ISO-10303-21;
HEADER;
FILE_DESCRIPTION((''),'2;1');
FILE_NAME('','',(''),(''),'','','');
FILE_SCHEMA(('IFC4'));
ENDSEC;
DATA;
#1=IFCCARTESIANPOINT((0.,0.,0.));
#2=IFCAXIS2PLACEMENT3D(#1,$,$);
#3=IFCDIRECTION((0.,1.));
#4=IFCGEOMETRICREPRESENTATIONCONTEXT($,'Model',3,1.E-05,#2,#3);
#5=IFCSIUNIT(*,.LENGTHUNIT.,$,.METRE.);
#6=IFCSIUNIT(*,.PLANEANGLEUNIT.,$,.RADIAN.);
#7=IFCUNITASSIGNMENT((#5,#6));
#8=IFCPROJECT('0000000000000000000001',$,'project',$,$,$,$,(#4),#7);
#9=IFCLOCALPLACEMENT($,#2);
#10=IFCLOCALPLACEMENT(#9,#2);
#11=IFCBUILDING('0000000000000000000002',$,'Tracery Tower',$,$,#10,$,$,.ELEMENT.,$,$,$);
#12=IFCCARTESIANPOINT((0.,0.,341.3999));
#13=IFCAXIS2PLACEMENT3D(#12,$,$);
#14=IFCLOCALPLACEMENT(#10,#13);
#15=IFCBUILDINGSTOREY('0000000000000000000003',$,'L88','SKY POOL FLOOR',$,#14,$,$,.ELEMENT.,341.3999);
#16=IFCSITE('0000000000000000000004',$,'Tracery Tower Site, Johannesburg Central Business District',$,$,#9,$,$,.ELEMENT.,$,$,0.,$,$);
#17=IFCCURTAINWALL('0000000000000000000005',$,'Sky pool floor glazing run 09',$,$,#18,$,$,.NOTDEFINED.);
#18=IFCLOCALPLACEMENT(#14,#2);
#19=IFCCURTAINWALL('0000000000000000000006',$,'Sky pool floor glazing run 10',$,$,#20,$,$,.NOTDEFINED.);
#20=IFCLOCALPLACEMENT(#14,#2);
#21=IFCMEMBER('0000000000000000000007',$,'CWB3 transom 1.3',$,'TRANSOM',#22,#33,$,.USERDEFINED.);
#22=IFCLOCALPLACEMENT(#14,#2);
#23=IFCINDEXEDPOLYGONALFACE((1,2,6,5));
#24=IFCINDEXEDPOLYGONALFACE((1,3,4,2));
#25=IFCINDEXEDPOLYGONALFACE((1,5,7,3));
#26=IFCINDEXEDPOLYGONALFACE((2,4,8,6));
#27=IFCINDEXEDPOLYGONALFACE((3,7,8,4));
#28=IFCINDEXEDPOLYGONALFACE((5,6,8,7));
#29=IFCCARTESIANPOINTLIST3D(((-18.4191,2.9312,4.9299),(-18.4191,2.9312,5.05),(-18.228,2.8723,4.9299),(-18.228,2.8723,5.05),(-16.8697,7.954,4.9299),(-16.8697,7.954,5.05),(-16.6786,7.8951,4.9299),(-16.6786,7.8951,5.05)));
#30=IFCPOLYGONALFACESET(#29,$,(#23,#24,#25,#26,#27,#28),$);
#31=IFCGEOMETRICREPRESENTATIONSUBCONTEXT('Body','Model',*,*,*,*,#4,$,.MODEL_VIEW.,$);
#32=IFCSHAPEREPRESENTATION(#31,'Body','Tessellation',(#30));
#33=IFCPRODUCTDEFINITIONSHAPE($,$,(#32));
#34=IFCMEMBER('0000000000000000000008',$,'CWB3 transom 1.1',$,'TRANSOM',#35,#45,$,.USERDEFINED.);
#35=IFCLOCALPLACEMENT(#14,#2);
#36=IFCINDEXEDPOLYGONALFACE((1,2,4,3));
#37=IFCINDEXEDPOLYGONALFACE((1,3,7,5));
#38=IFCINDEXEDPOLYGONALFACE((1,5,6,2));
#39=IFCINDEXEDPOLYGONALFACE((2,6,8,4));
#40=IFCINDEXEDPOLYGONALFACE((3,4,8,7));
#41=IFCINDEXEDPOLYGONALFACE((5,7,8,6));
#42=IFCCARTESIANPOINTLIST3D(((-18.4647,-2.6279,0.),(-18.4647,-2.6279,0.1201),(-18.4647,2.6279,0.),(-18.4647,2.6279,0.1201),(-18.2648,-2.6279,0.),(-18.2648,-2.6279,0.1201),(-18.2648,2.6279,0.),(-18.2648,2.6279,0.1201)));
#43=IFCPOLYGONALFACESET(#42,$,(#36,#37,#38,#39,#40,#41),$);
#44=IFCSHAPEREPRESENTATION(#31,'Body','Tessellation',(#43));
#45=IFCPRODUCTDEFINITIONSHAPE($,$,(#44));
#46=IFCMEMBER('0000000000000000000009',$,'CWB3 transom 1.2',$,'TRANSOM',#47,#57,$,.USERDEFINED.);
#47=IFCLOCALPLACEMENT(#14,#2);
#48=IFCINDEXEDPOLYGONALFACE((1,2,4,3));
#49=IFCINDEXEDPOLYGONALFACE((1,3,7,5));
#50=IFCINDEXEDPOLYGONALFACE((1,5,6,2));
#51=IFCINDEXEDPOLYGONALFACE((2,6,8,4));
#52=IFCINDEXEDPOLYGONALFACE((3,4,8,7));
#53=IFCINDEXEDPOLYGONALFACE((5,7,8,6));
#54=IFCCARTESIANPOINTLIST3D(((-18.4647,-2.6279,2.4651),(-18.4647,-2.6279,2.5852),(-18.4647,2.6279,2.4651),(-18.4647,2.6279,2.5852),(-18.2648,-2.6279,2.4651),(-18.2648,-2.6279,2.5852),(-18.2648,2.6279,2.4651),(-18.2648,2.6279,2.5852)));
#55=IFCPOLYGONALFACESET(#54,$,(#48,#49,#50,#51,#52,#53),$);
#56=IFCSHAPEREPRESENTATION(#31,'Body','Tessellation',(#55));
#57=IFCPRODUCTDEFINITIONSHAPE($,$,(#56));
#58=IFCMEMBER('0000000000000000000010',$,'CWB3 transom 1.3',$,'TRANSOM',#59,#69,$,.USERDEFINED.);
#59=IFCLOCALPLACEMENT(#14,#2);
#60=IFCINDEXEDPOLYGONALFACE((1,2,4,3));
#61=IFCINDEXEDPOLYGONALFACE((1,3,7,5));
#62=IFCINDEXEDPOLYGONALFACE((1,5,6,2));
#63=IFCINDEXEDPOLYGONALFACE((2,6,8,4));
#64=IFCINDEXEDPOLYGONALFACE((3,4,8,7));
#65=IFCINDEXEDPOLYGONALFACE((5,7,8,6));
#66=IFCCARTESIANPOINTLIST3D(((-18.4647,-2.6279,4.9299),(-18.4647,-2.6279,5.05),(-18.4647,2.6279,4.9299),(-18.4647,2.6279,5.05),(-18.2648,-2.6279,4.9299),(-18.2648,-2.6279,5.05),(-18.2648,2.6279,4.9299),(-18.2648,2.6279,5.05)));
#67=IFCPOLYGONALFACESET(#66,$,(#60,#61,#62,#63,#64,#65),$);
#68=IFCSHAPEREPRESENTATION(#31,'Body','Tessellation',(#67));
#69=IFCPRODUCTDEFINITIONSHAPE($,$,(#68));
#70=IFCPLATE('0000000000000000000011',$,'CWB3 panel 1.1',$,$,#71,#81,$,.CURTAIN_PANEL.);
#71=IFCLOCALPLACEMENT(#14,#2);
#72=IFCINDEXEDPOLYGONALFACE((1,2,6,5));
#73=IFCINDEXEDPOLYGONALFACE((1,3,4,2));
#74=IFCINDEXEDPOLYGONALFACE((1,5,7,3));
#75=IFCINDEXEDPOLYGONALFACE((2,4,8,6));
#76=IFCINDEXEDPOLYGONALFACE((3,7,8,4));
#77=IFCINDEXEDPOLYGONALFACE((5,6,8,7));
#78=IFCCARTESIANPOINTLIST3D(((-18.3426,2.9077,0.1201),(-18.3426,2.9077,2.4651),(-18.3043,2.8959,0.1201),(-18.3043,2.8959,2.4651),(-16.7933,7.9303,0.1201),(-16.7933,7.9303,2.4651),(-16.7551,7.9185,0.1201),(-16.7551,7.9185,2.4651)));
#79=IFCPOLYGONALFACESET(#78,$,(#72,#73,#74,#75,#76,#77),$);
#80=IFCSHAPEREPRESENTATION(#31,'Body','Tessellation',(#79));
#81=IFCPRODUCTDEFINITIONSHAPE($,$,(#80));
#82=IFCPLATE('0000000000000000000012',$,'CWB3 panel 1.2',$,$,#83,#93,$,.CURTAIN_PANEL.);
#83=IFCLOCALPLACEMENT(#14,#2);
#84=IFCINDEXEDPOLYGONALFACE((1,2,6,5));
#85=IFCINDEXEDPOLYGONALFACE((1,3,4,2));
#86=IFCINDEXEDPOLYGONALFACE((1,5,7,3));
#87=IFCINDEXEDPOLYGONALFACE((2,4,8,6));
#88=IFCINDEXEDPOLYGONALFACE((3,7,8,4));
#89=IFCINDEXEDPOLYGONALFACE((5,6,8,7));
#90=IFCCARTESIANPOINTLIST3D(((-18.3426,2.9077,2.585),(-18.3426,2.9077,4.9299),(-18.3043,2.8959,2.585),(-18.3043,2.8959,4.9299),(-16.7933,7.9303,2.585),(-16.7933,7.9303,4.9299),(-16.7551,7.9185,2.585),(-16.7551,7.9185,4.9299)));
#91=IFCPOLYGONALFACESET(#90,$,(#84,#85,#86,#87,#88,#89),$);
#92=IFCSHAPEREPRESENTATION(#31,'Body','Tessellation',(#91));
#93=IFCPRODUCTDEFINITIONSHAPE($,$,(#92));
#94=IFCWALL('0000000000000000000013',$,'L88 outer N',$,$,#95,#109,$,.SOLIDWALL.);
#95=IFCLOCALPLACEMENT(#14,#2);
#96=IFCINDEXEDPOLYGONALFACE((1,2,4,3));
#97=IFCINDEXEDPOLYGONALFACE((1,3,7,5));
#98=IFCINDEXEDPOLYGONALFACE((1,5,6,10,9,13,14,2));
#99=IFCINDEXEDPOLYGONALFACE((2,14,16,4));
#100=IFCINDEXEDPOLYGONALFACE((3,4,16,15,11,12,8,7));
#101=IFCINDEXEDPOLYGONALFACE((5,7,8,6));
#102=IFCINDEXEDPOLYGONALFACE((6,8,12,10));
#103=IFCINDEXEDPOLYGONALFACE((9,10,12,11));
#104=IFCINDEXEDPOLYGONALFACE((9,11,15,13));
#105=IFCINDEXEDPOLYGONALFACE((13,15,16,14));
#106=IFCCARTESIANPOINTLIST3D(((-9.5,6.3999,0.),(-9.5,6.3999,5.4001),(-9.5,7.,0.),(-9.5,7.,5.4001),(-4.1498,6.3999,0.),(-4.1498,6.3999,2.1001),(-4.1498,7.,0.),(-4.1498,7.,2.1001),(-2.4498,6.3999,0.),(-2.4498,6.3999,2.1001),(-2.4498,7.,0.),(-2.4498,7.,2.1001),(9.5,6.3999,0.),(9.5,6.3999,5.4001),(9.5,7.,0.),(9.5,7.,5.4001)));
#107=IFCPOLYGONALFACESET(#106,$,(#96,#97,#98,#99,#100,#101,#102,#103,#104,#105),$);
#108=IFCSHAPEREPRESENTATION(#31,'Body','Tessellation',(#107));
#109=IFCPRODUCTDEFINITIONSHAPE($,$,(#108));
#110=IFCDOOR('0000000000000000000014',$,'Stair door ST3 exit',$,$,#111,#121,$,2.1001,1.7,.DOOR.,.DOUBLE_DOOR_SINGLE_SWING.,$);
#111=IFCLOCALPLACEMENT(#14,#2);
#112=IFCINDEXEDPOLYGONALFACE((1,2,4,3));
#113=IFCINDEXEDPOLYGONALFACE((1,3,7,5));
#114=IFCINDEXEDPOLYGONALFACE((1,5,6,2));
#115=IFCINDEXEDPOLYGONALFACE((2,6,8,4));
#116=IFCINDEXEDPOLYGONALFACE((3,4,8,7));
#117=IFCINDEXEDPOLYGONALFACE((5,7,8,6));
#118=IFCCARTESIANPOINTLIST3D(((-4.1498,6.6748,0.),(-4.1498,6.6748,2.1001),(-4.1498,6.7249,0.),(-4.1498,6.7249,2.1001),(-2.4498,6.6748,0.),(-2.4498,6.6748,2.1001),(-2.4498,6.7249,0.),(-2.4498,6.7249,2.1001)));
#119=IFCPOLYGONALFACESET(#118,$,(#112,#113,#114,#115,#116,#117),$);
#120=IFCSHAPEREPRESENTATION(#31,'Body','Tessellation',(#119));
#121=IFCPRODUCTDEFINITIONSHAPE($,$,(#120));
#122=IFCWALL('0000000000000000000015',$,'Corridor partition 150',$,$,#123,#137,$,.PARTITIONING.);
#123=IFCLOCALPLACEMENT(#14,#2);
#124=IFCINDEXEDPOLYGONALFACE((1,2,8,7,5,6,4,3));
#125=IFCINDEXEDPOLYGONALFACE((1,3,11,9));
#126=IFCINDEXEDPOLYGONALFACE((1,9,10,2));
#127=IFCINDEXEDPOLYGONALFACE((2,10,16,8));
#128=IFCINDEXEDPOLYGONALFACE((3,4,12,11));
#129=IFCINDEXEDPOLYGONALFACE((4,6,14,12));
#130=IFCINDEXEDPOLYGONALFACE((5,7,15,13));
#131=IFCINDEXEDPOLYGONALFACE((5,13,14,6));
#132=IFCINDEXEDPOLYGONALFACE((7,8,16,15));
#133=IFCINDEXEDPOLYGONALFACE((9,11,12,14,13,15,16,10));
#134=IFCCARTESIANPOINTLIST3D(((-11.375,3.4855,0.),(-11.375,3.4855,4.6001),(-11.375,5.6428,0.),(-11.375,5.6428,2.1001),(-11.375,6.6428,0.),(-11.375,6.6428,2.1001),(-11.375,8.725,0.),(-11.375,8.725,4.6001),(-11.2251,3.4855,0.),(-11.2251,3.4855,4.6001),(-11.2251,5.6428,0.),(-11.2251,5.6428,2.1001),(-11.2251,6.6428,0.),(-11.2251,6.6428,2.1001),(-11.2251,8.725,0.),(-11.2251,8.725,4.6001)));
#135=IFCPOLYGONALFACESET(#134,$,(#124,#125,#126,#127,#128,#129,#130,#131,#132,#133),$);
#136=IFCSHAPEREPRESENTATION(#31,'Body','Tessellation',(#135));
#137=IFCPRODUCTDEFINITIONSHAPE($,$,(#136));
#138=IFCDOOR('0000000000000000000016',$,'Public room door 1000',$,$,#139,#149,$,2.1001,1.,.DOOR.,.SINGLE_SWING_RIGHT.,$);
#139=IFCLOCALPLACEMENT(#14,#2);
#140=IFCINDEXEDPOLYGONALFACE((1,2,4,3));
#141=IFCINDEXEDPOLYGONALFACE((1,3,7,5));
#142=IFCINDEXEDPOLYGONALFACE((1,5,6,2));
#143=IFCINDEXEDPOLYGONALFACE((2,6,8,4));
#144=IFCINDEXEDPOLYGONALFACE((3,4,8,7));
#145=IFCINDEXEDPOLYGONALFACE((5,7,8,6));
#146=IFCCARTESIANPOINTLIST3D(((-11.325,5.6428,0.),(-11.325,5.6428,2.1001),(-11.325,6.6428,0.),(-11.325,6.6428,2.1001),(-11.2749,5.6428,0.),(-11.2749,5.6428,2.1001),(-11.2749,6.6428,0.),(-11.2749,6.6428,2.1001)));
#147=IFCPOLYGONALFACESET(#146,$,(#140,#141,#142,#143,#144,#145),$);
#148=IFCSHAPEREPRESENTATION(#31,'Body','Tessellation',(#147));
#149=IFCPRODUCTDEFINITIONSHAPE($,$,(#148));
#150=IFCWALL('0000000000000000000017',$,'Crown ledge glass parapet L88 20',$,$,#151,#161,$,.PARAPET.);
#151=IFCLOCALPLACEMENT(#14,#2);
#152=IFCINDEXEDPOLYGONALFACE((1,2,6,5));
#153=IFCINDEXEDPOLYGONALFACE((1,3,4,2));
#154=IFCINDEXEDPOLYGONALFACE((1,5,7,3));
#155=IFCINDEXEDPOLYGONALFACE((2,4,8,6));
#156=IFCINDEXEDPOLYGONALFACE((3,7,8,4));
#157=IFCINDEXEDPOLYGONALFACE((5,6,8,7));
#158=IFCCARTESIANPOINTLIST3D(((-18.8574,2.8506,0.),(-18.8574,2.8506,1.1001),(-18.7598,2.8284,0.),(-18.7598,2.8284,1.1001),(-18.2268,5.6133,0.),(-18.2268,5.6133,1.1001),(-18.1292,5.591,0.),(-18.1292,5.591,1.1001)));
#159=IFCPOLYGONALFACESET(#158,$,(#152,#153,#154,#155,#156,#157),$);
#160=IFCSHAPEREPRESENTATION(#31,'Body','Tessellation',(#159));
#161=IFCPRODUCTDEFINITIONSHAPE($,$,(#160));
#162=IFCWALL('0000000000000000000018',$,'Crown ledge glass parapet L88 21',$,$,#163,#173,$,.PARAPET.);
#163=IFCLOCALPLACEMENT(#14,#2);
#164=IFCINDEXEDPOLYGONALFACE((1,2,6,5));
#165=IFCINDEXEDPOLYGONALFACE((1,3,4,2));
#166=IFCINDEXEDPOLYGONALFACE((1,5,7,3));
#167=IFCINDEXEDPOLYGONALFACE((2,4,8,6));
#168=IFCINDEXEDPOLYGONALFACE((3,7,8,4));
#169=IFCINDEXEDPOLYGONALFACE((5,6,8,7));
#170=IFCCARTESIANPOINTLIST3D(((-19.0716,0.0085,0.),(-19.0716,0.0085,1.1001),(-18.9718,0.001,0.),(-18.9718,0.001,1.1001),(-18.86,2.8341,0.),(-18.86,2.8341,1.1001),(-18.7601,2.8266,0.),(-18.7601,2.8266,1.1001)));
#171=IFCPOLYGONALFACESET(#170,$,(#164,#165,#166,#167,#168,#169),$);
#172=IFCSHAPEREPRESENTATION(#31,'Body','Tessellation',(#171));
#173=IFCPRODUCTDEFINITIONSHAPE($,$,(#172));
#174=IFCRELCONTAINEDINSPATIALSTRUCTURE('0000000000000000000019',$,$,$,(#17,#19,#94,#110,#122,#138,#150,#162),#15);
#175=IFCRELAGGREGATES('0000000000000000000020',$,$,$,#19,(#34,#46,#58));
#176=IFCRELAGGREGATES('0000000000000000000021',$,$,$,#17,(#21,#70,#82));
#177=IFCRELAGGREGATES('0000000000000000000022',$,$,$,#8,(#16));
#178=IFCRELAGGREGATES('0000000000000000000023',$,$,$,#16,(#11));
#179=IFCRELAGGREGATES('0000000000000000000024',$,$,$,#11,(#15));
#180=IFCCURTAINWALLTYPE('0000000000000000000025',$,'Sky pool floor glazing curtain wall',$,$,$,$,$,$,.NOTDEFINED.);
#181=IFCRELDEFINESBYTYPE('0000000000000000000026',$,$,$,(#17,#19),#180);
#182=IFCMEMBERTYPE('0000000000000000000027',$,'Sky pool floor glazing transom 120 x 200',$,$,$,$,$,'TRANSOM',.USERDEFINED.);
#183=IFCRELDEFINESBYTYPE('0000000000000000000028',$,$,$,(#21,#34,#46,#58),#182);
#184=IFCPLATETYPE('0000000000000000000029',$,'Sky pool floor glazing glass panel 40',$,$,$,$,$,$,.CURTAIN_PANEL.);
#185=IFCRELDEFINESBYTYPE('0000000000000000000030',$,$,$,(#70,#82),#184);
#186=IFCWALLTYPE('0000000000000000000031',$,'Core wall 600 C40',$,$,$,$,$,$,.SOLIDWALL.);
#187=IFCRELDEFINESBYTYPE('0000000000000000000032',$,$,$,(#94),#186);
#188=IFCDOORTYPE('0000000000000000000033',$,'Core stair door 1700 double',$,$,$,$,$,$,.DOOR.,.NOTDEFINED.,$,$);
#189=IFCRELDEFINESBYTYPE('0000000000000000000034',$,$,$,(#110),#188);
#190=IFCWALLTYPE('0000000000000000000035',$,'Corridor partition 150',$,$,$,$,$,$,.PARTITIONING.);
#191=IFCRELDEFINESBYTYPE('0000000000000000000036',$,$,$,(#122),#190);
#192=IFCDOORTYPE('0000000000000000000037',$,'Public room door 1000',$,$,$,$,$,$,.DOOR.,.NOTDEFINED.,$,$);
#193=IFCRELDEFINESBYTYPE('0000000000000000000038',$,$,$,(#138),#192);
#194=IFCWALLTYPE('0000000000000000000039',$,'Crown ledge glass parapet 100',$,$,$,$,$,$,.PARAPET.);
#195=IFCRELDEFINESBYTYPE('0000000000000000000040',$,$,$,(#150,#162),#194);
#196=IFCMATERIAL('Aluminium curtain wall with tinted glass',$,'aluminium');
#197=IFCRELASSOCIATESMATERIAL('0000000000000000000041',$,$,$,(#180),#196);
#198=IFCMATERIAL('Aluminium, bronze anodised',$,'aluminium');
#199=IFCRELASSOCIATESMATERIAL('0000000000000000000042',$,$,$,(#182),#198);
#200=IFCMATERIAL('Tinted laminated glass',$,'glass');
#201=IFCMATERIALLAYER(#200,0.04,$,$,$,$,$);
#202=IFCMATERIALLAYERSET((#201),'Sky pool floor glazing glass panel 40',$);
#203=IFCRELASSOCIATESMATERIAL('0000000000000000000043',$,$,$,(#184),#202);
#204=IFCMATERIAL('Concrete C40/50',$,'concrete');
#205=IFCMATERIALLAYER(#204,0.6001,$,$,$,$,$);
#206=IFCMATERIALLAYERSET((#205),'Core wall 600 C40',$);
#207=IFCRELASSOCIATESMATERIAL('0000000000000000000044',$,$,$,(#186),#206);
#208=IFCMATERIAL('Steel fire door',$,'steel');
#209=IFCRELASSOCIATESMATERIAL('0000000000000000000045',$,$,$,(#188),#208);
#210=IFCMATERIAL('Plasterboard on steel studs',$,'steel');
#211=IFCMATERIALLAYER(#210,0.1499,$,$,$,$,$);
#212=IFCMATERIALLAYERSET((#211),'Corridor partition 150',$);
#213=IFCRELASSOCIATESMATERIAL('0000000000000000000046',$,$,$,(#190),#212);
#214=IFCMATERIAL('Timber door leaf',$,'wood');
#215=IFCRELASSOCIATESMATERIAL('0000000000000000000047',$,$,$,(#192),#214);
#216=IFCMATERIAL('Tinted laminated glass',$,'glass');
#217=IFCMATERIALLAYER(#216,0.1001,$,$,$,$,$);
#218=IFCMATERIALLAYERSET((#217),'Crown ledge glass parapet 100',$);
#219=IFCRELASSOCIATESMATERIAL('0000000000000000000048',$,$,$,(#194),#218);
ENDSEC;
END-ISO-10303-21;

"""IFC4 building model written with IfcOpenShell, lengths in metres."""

from ifc_helpers import new_model, si_unit, direction, frame, frame_2d, origin, origin_2d, place, context, subcontext, project, spatial, rectangle, extrude, material, layer, layer_set, material_profile, profile_set, type_object, element, fill, aggregate, save


model = new_model("IFC4")

# Units and contexts
model_context = context("Model", 3, precision=1e-05, world=origin(), true_north=direction((0.0, 1.0)))
body_context = subcontext(model_context, "Body", "Model", "MODEL_VIEW")
ifc_project = project(units=[si_unit("LENGTHUNIT", "METRE"), si_unit("PLANEANGLEUNIT", "RADIAN")], contexts=[model_context])

# Site, building, storey
site_placement = place(None, origin())
site = spatial("IfcSite", under=ifc_project, at=site_placement, Name="Tracery Tower Site, Johannesburg Central Business District", CompositionType="ELEMENT", RefElevation=0.0)
building_placement = place(site_placement, origin())
building = spatial("IfcBuilding", under=site, at=building_placement, Name="Tracery Tower", CompositionType="ELEMENT")
storey_placement = place(building_placement, frame((0.0, 0.0, 341.3999)))
storey = spatial("IfcBuildingStorey", under=building, at=storey_placement, Name="L88", Description="SKY POOL FLOOR", CompositionType="ELEMENT", Elevation=341.3999)

# Curtain wall
ifc_material_1 = material(Name="Aluminium curtain wall with tinted glass", Category="aluminium")
curtain_wall_type = type_object("IfcCurtainWallType", Name="Sky pool floor glazing curtain wall", PredefinedType="NOTDEFINED", material=ifc_material_1)
curtain_wall_1_placement = place(storey_placement, origin())
curtain_wall_1 = element("IfcCurtainWall", 1, at=curtain_wall_1_placement, inside=storey, type_object=curtain_wall_type, Name="Sky pool floor glazing run 09", PredefinedType="NOTDEFINED")

# Curtain wall
curtain_wall_2_placement = place(storey_placement, origin())
curtain_wall_2 = element("IfcCurtainWall", 2, at=curtain_wall_2_placement, inside=storey, type_object=curtain_wall_type, Name="Sky pool floor glazing run 10", PredefinedType="NOTDEFINED")

# Members
ifc_material_2 = material(Name="Aluminium, bronze anodised", Category="aluminium")
ifc_material_profile_1 = material_profile(ifc_material_2, rectangle(XDim=0.2, YDim=0.1201, at=origin_2d()), Name="Sky pool floor glazing transom 120 x 200")
ifc_profile_set_1 = profile_set([ifc_material_profile_1], Name="Aluminium, bronze anodised")
member_type_1 = type_object("IfcMemberType", Name="Sky pool floor glazing transom 120 x 200", ElementType="TRANSOM", PredefinedType="USERDEFINED", material=ifc_profile_set_1)
member_1_placement = place(storey_placement, frame((-16.7742, 7.9246, 4.99), z_axis=(-0.294758, -0.955572, 0.0), x_axis=(0.955572, -0.294758, 0.0)))
member_1 = element("IfcMember", 3, at=member_1_placement, type_object=member_type_1, Name="CWB3 transom 1.3", ObjectType="TRANSOM", PredefinedType="USERDEFINED", context=body_context, shape_type="SweptSolid", body=[
    extrude(rectangle(XDim=0.2, YDim=0.1201, at=origin_2d()), origin(), (0.0, 0.0, 1.0), 5.2563),
])
member_2_placement = place(storey_placement, frame((-18.3647, 2.6279, 0.0601), z_axis=(0.0, -1.0, 0.0), x_axis=(1.0, 0.0, 0.0)))
member_2 = element("IfcMember", 4, at=member_2_placement, type_object=member_type_1, Name="CWB3 transom 1.1", ObjectType="TRANSOM", PredefinedType="USERDEFINED", context=body_context, shape_type="SweptSolid", body=[
    extrude(rectangle(XDim=0.2, YDim=0.1201, at=origin_2d()), origin(), (0.0, 0.0, 1.0), 5.2559),
])
member_3_placement = place(storey_placement, frame((-18.3647, 2.6279, 2.5251), z_axis=(0.0, -1.0, 0.0), x_axis=(1.0, 0.0, 0.0)))
member_3 = element("IfcMember", 5, at=member_3_placement, type_object=member_type_1, Name="CWB3 transom 1.2", ObjectType="TRANSOM", PredefinedType="USERDEFINED", context=body_context, shape_type="SweptSolid", body=[
    extrude(rectangle(XDim=0.2, YDim=0.1201, at=origin_2d()), origin(), (0.0, 0.0, 1.0), 5.2559),
])
member_4_placement = place(storey_placement, frame((-18.3647, 2.6279, 4.99), z_axis=(0.0, -1.0, 0.0), x_axis=(1.0, 0.0, 0.0)))
member_4 = element("IfcMember", 6, at=member_4_placement, type_object=member_type_1, Name="CWB3 transom 1.3", ObjectType="TRANSOM", PredefinedType="USERDEFINED", context=body_context, shape_type="SweptSolid", body=[
    extrude(rectangle(XDim=0.2, YDim=0.1201, at=origin_2d()), origin(), (0.0, 0.0, 1.0), 5.2559),
])
aggregate(curtain_wall_2, [member_2, member_3, member_4])

# Plates
ifc_material_3 = material(Name="Tinted laminated glass", Category="glass")
ifc_layer_1 = layer(ifc_material_3, 0.04)
ifc_layer_set_1 = layer_set([ifc_layer_1], Name="Sky pool floor glazing glass panel 40")
plate_type = type_object("IfcPlateType", Name="Sky pool floor glazing glass panel 40", PredefinedType="CURTAIN_PANEL", material=ifc_layer_set_1)
plate_1_placement = place(storey_placement, frame((-17.5488, 5.4131, 0.1201), z_axis=(0.0, 0.0, 1.0), x_axis=(-0.294753, -0.955574, 0.0)))
plate_1 = element("IfcPlate", 7, at=plate_1_placement, type_object=plate_type, Name="CWB3 panel 1.1", PredefinedType="CURTAIN_PANEL", context=body_context, shape_type="SweptSolid", body=[
    extrude(rectangle(XDim=5.2561, YDim=0.04, at=origin_2d()), origin(), (0.0, 0.0, 1.0), 2.345),
])
plate_2_placement = place(storey_placement, frame((-17.5488, 5.4131, 2.585), z_axis=(0.0, 0.0, 1.0), x_axis=(-0.294753, -0.955574, 0.0)))
plate_2 = element("IfcPlate", 8, at=plate_2_placement, type_object=plate_type, Name="CWB3 panel 1.2", PredefinedType="CURTAIN_PANEL", context=body_context, shape_type="SweptSolid", body=[
    extrude(rectangle(XDim=5.2561, YDim=0.04, at=origin_2d()), origin(), (0.0, 0.0, 1.0), 2.345),
])
aggregate(curtain_wall_1, [member_1, plate_1, plate_2])

# Walls, openings, doors
ifc_material_4 = material(Name="Concrete C40/50", Category="concrete")
ifc_layer_2 = layer(ifc_material_4, 0.6001)
ifc_layer_set_2 = layer_set([ifc_layer_2], Name="Core wall 600 C40")
wall_type_1 = type_object("IfcWallType", Name="Core wall 600 C40", PredefinedType="SOLIDWALL", material=ifc_layer_set_2)
wall_1_placement = place(storey_placement, frame((-9.5, 6.7, 0.0), z_axis=(0.0, 0.0, 1.0), x_axis=(1.0, 0.0, 0.0)))
wall_1 = element("IfcWall", 9, at=wall_1_placement, inside=storey, type_object=wall_type_1, Name="L88 outer N", PredefinedType="SOLIDWALL", context=body_context, shape_type="SweptSolid", body=[
    extrude(rectangle(XDim=19.0, YDim=0.6001, at=frame_2d((9.5, 0.0))), origin(), (0.0, 0.0, 1.0), 5.4001),
])
opening_1_placement = place(wall_1_placement, frame((5.3501, 0.0, 0.0)))
opening_1 = element("IfcOpeningElement", 10, at=opening_1_placement, cuts=wall_1, PredefinedType="OPENING", context=body_context, shape_type="SweptSolid", body=[
    extrude(rectangle(XDim=1.7, YDim=2.1001, at=frame_2d((0.8501, 1.05))), frame((0.0, 0.3, 0.0), z_axis=(0.0, -1.0, 0.0), x_axis=(1.0, 0.0, 0.0)), (0.0, 0.0, 1.0), 0.6001),
])
ifc_material_5 = material(Name="Steel fire door", Category="steel")
door_type_1 = type_object("IfcDoorType", Name="Core stair door 1700 double", OperationType="NOTDEFINED", PredefinedType="DOOR", material=ifc_material_5)
door_1_placement = place(opening_1_placement, origin())
door_1 = element("IfcDoor", 11, at=door_1_placement, inside=storey, type_object=door_type_1, Name="Stair door ST3 exit", OperationType="DOUBLE_DOOR_SINGLE_SWING", OverallHeight=2.1001, OverallWidth=1.7, PredefinedType="DOOR", context=body_context, shape_type="SweptSolid", body=[
    extrude(rectangle(XDim=1.7, YDim=2.1001, at=frame_2d((0.8501, 1.05))), frame((0.0, 0.0249, 0.0), z_axis=(0.0, -1.0, 0.0), x_axis=(1.0, 0.0, 0.0)), (0.0, 0.0, 1.0), 0.05),
])
fill(opening_1, door_1)
ifc_material_6 = material(Name="Plasterboard on steel studs", Category="steel")
ifc_layer_3 = layer(ifc_material_6, 0.1499)
ifc_layer_set_3 = layer_set([ifc_layer_3], Name="Corridor partition 150")
wall_type_2 = type_object("IfcWallType", Name="Corridor partition 150", PredefinedType="PARTITIONING", material=ifc_layer_set_3)
wall_2_placement = place(storey_placement, frame((-11.3, 3.4856, 0.0), z_axis=(0.0, 0.0, 1.0), x_axis=(0.0, 1.0, 0.0)))
wall_2 = element("IfcWall", 12, at=wall_2_placement, inside=storey, type_object=wall_type_2, Name="Corridor partition 150", PredefinedType="PARTITIONING", context=body_context, shape_type="SweptSolid", body=[
    extrude(rectangle(XDim=5.2395, YDim=0.1499, at=frame_2d((2.6196, 0.0))), origin(), (0.0, 0.0, 1.0), 4.6001),
])
opening_2_placement = place(wall_2_placement, frame((2.1572, 0.0, 0.0)))
opening_2 = element("IfcOpeningElement", 13, at=opening_2_placement, cuts=wall_2, PredefinedType="OPENING", context=body_context, shape_type="SweptSolid", body=[
    extrude(rectangle(XDim=1.0, YDim=2.1001, at=frame_2d((0.5, 1.05))), frame((0.0, 0.075, 0.0), z_axis=(0.0, -1.0, 0.0), x_axis=(1.0, 0.0, 0.0)), (0.0, 0.0, 1.0), 0.1499),
])
ifc_material_7 = material(Name="Timber door leaf", Category="wood")
door_type_2 = type_object("IfcDoorType", Name="Public room door 1000", OperationType="NOTDEFINED", PredefinedType="DOOR", material=ifc_material_7)
door_2_placement = place(opening_2_placement, origin())
door_2 = element("IfcDoor", 14, at=door_2_placement, inside=storey, type_object=door_type_2, Name="Public room door 1000", OperationType="SINGLE_SWING_RIGHT", OverallHeight=2.1001, OverallWidth=1.0, PredefinedType="DOOR", context=body_context, shape_type="SweptSolid", body=[
    extrude(rectangle(XDim=1.0, YDim=2.1001, at=frame_2d((0.5, 1.05))), frame((0.0, 0.0249, 0.0), z_axis=(0.0, -1.0, 0.0), x_axis=(1.0, 0.0, 0.0)), (0.0, 0.0, 1.0), 0.05),
])
fill(opening_2, door_2)

# Walls
ifc_material_8 = material(Name="Tinted laminated glass", Category="glass")
ifc_layer_4 = layer(ifc_material_8, 0.1001)
ifc_layer_set_4 = layer_set([ifc_layer_4], Name="Crown ledge glass parapet 100")
wall_type_3 = type_object("IfcWallType", Name="Crown ledge glass parapet 100", PredefinedType="PARAPET", material=ifc_layer_set_4)
wall_3_placement = place(storey_placement, frame((-18.178, 5.6023, 0.0), z_axis=(0.0, 0.0, 1.0), x_axis=(-0.222537, -0.974924, 0.0)))
element("IfcWall", 15, at=wall_3_placement, inside=storey, type_object=wall_type_3, Name="Crown ledge glass parapet L88 20", PredefinedType="PARAPET", context=body_context, shape_type="SweptSolid", body=[
    extrude(rectangle(XDim=2.8337, YDim=0.1001, at=frame_2d((1.417, 0.0))), origin(), (0.0, 0.0, 1.0), 1.1001),
])
wall_4_placement = place(storey_placement, frame((-18.8101, 2.8303, 0.0), z_axis=(0.0, 0.0, 1.0), x_axis=(-0.0747, -0.997206, 0.0)))
element("IfcWall", 16, at=wall_4_placement, inside=storey, type_object=wall_type_3, Name="Crown ledge glass parapet L88 21", PredefinedType="PARAPET", context=body_context, shape_type="SweptSolid", body=[
    extrude(rectangle(XDim=2.8335, YDim=0.1001, at=frame_2d((1.4167, 0.0))), origin(), (0.0, 0.0, 1.0), 1.1001),
])

save(model, "model.ifc")
